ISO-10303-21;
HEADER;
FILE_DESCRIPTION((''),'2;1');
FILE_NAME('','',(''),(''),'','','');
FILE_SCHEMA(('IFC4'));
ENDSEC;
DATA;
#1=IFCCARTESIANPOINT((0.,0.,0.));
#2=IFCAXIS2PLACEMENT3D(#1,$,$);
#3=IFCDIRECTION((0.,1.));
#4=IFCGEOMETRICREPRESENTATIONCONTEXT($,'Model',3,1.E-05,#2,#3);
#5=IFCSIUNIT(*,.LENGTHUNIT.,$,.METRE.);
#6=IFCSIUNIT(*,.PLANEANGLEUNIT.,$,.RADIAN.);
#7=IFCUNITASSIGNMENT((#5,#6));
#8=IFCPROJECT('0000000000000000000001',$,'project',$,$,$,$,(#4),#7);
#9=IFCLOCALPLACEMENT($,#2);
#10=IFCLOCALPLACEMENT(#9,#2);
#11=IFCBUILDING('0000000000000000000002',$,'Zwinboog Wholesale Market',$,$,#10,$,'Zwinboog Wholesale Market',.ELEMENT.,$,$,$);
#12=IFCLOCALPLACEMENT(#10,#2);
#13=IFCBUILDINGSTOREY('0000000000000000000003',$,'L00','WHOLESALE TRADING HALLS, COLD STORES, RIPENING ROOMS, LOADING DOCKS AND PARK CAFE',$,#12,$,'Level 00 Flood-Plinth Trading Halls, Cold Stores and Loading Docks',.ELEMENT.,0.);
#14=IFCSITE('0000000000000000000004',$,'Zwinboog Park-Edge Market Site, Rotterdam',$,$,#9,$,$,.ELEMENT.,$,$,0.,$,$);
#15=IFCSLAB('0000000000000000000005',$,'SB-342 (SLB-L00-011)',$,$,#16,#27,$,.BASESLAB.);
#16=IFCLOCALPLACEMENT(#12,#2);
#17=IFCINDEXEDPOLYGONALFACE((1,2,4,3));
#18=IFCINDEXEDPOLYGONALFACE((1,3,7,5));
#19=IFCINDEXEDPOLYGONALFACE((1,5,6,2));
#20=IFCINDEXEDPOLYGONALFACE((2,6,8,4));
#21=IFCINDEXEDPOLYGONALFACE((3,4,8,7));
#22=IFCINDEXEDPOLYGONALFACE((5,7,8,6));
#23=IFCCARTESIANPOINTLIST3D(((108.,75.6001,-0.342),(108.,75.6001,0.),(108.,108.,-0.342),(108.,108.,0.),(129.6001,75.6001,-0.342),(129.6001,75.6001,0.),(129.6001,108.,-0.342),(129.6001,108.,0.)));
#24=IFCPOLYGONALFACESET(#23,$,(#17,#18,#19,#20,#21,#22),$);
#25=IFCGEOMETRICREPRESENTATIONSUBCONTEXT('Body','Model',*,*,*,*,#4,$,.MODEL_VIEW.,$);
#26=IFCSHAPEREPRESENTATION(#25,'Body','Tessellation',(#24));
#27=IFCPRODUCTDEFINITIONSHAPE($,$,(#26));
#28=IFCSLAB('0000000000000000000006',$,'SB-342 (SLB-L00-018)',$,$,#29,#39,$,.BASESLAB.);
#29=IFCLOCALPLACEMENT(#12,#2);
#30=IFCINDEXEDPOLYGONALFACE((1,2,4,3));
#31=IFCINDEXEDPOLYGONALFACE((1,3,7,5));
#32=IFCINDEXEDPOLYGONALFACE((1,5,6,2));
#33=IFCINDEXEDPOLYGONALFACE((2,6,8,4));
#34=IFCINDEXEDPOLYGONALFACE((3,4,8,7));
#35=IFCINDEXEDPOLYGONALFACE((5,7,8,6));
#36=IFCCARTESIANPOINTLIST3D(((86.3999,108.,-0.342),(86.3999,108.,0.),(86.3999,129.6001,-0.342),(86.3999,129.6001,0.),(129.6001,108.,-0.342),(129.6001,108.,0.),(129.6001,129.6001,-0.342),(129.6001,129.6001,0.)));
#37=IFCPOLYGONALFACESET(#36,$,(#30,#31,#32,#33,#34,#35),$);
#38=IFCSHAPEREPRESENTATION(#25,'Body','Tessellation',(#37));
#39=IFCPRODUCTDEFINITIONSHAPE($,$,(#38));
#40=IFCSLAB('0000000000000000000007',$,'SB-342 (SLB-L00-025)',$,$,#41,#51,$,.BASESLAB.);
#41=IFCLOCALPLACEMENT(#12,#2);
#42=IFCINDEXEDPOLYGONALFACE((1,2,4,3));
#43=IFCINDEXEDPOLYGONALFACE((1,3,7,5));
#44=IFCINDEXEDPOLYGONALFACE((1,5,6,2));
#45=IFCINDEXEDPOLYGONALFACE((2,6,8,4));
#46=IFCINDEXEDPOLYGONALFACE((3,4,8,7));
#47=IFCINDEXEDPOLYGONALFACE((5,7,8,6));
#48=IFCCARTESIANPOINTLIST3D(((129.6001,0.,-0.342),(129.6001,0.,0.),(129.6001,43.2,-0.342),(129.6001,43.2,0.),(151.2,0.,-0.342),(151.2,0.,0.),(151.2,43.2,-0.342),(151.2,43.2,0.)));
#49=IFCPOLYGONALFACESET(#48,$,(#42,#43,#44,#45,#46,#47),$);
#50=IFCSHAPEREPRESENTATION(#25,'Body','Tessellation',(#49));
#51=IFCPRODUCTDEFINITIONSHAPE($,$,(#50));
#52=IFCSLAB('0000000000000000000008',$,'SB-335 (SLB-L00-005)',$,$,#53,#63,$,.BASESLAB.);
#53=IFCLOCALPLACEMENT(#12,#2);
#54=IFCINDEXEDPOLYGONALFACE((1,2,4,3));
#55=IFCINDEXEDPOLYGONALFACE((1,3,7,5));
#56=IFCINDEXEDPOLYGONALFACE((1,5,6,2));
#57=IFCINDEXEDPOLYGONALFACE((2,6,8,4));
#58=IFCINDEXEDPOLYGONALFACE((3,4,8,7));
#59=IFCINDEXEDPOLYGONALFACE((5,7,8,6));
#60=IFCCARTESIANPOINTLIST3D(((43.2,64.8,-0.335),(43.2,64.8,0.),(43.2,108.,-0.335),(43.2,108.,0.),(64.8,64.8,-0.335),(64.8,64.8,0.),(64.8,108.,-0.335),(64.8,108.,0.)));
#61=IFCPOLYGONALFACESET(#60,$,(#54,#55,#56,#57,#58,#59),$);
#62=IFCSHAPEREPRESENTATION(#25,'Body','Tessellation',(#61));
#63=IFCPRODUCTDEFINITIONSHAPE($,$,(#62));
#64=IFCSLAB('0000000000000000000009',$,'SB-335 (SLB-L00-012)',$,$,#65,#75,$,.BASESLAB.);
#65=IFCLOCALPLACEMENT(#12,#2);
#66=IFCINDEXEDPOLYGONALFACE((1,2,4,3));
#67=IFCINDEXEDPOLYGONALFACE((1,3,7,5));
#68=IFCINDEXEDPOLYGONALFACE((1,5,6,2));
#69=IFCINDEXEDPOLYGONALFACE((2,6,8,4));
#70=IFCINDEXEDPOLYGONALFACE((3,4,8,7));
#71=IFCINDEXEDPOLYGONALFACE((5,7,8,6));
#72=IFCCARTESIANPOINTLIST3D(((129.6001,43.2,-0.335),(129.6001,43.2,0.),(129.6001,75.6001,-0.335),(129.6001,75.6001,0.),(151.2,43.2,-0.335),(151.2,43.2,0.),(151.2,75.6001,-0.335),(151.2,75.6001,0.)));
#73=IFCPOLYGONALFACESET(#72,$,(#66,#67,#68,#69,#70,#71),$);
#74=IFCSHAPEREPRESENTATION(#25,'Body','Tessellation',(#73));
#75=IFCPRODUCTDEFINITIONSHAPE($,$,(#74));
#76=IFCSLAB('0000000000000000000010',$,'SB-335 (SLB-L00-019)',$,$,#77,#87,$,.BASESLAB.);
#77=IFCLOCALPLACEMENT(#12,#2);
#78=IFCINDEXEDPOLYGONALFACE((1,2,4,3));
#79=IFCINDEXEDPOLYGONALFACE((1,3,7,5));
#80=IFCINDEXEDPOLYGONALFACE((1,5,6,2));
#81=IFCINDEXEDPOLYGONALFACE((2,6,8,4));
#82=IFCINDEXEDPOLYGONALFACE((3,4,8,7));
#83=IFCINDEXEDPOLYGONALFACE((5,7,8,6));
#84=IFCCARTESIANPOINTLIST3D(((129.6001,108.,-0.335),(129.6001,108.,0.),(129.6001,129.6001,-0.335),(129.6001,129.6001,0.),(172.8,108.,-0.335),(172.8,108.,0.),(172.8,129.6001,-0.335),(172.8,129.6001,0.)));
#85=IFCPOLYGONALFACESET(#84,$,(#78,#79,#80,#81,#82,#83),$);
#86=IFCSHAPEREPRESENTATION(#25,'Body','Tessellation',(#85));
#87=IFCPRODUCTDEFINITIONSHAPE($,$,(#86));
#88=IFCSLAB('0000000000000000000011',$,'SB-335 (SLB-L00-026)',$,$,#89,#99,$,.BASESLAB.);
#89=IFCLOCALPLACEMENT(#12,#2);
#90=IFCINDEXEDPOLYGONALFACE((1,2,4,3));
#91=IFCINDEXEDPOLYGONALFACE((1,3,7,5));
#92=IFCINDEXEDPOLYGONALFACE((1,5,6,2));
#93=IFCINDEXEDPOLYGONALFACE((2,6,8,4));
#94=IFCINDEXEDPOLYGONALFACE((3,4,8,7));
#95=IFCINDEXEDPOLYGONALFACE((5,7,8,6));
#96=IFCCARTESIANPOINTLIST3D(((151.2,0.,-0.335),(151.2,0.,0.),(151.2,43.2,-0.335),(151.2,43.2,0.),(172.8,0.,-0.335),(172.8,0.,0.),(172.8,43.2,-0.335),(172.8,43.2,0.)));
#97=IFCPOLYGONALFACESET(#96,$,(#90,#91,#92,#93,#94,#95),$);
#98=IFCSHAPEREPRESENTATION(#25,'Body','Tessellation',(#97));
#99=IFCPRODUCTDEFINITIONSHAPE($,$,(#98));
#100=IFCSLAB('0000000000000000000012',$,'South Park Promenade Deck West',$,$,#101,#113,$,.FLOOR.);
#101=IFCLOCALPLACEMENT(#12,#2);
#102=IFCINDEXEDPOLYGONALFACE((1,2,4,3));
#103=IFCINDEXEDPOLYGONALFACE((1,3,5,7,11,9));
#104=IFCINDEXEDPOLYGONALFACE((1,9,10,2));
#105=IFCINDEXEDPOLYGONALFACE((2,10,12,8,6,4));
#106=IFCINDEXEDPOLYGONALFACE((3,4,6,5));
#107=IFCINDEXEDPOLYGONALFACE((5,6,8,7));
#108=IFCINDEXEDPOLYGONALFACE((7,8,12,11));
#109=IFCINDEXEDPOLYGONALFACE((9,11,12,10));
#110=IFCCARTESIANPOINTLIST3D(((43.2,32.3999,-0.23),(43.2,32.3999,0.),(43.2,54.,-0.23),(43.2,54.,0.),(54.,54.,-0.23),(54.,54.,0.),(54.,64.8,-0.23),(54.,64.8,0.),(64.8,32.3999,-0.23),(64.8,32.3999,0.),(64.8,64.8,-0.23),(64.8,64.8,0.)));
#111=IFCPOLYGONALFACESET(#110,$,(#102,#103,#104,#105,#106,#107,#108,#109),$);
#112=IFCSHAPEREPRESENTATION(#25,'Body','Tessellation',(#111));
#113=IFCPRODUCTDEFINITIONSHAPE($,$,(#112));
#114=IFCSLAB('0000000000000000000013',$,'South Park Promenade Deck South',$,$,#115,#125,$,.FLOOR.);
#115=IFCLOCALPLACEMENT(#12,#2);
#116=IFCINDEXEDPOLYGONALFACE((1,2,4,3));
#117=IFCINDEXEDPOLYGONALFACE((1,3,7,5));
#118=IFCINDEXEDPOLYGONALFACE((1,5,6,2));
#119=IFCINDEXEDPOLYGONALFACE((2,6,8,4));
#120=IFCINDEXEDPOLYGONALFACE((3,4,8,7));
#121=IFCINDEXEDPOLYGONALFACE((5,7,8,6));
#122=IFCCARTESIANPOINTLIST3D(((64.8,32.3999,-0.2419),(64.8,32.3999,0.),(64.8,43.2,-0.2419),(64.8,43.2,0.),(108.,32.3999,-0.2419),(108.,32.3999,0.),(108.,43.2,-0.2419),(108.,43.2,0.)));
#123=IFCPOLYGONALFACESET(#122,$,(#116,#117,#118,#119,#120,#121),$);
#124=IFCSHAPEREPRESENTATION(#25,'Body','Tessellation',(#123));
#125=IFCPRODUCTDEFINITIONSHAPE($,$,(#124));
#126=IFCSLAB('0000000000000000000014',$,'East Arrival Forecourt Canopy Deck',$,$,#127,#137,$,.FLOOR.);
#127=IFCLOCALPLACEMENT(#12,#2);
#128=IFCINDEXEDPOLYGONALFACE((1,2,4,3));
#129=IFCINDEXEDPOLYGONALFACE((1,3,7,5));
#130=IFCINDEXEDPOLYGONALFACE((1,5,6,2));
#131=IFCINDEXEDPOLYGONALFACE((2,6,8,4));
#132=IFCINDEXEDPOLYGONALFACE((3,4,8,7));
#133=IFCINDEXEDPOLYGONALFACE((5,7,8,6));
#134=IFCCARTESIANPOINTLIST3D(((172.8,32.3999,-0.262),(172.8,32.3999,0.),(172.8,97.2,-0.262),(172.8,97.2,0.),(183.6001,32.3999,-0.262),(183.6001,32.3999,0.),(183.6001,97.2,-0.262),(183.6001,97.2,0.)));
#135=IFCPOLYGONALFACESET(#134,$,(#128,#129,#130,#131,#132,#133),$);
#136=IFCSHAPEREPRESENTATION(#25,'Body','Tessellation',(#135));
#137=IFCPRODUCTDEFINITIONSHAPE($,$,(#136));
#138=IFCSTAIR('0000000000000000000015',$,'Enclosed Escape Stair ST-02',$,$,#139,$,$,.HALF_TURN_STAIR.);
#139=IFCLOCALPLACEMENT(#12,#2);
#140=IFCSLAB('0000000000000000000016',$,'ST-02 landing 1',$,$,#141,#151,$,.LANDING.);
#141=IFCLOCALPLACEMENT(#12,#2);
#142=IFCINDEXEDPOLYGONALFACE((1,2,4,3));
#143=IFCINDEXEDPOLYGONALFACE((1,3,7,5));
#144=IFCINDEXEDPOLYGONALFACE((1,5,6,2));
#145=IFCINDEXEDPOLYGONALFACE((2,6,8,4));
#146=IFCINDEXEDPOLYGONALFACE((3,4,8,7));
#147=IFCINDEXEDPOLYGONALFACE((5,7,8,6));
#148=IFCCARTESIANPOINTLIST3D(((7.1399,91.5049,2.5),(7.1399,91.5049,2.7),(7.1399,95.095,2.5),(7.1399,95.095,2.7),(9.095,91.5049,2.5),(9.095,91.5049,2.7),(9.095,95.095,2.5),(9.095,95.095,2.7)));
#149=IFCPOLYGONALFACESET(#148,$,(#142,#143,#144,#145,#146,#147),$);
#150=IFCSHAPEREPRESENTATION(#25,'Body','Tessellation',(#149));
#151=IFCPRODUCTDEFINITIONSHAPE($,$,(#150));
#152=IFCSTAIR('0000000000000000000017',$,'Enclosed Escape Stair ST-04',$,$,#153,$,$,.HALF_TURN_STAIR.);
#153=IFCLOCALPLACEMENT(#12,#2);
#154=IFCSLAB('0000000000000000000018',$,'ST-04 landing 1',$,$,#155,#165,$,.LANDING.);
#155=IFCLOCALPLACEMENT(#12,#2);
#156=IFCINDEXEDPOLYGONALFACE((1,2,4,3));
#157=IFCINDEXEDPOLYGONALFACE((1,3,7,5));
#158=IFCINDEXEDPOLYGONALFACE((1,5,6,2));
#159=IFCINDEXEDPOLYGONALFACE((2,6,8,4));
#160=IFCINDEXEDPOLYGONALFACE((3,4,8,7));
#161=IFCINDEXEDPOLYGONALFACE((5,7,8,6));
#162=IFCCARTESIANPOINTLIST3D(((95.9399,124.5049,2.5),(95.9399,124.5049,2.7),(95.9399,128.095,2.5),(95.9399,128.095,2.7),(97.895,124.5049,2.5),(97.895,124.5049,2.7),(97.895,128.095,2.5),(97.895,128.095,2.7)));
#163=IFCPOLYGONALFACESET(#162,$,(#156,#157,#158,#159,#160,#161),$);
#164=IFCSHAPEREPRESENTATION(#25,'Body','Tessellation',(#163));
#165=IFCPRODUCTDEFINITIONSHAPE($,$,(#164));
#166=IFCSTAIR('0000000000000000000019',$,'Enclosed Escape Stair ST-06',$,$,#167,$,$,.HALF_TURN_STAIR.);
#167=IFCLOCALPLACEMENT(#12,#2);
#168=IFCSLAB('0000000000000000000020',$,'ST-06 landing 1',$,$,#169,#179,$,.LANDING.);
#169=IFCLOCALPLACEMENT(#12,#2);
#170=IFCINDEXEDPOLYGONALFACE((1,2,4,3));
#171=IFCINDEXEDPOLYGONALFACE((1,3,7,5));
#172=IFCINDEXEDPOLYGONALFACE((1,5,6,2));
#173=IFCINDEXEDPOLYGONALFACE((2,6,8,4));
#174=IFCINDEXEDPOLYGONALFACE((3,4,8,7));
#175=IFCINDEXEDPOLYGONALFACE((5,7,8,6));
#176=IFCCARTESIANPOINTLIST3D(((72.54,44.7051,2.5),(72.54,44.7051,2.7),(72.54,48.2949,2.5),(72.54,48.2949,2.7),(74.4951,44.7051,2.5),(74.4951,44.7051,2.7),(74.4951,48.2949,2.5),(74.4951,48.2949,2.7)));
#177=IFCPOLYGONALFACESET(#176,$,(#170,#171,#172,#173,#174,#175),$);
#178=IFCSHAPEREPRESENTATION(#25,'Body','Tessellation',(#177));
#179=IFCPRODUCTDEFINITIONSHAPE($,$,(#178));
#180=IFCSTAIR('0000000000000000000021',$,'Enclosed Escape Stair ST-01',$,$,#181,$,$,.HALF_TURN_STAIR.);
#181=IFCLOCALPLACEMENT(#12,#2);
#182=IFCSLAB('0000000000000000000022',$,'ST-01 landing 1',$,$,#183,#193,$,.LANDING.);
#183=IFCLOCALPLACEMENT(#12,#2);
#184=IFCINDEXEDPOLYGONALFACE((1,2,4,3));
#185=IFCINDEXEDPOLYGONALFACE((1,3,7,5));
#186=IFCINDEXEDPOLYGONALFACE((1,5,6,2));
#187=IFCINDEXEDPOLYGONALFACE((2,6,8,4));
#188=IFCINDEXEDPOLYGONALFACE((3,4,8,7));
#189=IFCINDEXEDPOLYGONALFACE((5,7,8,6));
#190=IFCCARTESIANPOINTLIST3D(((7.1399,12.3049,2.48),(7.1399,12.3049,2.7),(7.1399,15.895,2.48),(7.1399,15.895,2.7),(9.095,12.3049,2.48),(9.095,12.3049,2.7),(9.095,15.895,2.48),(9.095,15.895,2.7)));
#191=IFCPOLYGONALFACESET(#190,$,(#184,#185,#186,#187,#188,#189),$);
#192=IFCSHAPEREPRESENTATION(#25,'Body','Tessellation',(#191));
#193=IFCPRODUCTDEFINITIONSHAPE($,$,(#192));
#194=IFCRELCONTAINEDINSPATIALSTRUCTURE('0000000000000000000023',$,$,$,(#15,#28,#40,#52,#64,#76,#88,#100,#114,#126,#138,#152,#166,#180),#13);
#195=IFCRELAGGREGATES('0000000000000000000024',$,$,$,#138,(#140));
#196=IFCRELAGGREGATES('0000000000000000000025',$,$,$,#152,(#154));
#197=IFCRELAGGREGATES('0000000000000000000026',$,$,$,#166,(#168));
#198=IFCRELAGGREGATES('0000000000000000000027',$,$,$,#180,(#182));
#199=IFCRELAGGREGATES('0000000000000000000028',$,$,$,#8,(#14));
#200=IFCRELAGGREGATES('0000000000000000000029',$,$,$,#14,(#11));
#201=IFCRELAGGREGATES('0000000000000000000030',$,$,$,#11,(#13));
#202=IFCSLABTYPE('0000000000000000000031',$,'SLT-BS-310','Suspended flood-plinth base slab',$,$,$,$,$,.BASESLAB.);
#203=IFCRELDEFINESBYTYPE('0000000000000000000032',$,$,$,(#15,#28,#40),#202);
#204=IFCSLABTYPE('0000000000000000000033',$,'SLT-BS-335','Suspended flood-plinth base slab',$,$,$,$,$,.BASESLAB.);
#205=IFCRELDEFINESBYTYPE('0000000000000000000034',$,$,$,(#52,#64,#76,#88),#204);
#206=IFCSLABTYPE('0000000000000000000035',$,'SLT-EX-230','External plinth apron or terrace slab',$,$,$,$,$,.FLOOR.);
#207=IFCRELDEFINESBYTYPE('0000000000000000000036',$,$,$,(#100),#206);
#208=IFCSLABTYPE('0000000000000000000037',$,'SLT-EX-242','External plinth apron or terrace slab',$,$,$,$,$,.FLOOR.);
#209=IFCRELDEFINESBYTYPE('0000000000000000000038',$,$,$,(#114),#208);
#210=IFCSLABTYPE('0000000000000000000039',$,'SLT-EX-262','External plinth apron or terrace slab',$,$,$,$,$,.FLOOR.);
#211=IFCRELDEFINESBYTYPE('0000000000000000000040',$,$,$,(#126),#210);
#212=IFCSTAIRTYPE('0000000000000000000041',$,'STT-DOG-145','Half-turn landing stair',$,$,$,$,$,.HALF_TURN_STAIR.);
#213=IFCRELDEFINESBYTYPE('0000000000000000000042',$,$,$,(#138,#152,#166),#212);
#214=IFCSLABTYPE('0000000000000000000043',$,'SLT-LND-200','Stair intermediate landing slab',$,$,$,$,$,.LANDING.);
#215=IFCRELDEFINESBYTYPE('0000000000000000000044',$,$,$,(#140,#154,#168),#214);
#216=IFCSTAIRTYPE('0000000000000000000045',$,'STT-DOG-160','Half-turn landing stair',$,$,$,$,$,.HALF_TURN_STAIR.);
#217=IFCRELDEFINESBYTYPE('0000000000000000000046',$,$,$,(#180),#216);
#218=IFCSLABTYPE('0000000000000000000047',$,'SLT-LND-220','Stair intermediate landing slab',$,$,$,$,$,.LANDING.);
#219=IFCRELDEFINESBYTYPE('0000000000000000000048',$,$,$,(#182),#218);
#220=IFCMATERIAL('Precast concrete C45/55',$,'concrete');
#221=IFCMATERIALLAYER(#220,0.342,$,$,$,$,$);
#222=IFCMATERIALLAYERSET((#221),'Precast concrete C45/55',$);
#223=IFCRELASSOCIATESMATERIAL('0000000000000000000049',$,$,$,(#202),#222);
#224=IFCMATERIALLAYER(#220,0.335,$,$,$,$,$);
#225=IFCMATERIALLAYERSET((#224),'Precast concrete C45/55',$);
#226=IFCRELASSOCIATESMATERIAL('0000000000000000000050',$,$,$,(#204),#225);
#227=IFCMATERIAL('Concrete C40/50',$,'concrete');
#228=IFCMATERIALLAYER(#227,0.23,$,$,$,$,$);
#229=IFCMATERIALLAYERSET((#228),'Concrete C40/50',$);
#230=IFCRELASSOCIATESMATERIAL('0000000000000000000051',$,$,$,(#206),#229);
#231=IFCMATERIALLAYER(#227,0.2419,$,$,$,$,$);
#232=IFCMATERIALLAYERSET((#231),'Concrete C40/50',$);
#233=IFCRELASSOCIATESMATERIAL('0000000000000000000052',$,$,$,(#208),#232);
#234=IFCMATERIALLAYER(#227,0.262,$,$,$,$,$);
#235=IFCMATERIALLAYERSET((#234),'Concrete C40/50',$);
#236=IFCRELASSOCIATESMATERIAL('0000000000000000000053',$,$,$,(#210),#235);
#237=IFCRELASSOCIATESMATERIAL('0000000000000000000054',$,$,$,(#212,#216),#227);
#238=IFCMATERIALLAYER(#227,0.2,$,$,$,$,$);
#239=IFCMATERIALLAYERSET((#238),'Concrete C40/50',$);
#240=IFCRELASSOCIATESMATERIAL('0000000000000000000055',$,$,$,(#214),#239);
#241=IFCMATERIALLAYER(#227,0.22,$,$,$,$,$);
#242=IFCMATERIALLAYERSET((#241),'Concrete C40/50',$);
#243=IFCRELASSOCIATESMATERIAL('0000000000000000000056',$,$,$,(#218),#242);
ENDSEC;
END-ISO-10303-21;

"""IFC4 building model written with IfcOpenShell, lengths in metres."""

from ifc_helpers import new_model, si_unit, direction, frame, origin, place, context, subcontext, project, spatial, polyline, outline, extrude, material, layer, layer_set, type_object, element, aggregate, save


model = new_model("IFC4")

# Units and contexts
model_context = context("Model", 3, precision=1e-05, world=origin(), true_north=direction((0.0, 1.0)))
body_context = subcontext(model_context, "Body", "Model", "MODEL_VIEW")
ifc_project = project(units=[si_unit("LENGTHUNIT", "METRE"), si_unit("PLANEANGLEUNIT", "RADIAN")], contexts=[model_context])

# Site, building, storey
site_placement = place(None, origin())
site = spatial("IfcSite", under=ifc_project, at=site_placement, Name="Zwinboog Park-Edge Market Site, Rotterdam", CompositionType="ELEMENT", RefElevation=0.0)
building_placement = place(site_placement, origin())
building = spatial("IfcBuilding", under=site, at=building_placement, Name="Zwinboog Wholesale Market", LongName="Zwinboog Wholesale Market", CompositionType="ELEMENT")
storey_placement = place(building_placement, origin())
storey = spatial("IfcBuildingStorey", under=building, at=storey_placement, Name="L00", Description="WHOLESALE TRADING HALLS, COLD STORES, RIPENING ROOMS, LOADING DOCKS AND PARK CAFE", LongName="Level 00 Flood-Plinth Trading Halls, Cold Stores and Loading Docks", CompositionType="ELEMENT", Elevation=0.0)

# Slabs
ifc_material_1 = material(Name="Precast concrete C45/55", Category="concrete")
ifc_layer_1 = layer(ifc_material_1, 0.342)
ifc_layer_set_1 = layer_set([ifc_layer_1], Name="Precast concrete C45/55")
slab_type_1 = type_object("IfcSlabType", Name="SLT-BS-310", Description="Suspended flood-plinth base slab", PredefinedType="BASESLAB", material=ifc_layer_set_1)
slab_1_placement = place(storey_placement, frame((0.0, 0.0, -0.342)))
element("IfcSlab", 1, at=slab_1_placement, inside=storey, type_object=slab_type_1, Name="SB-342 (SLB-L00-011)", PredefinedType="BASESLAB", context=body_context, shape_type="SweptSolid", body=[
    extrude(outline(polyline([(108.0, 75.6001), (129.6001, 75.6001), (129.6001, 108.0), (108.0, 108.0), (108.0, 75.6001)])), origin(), (0.0, 0.0, 1.0), 0.342),
])
slab_2_placement = place(storey_placement, frame((0.0, 0.0, -0.342)))
element("IfcSlab", 2, at=slab_2_placement, inside=storey, type_object=slab_type_1, Name="SB-342 (SLB-L00-018)", PredefinedType="BASESLAB", context=body_context, shape_type="SweptSolid", body=[
    extrude(outline(polyline([(86.3999, 108.0), (129.6001, 108.0), (129.6001, 129.6001), (86.3999, 129.6001), (86.3999, 108.0)])), origin(), (0.0, 0.0, 1.0), 0.342),
])
slab_3_placement = place(storey_placement, frame((0.0, 0.0, -0.342)))
element("IfcSlab", 3, at=slab_3_placement, inside=storey, type_object=slab_type_1, Name="SB-342 (SLB-L00-025)", PredefinedType="BASESLAB", context=body_context, shape_type="SweptSolid", body=[
    extrude(outline(polyline([(129.6001, 0.0), (151.2, 0.0), (151.2, 43.2), (129.6001, 43.2), (129.6001, 0.0)])), origin(), (0.0, 0.0, 1.0), 0.342),
])
ifc_layer_2 = layer(ifc_material_1, 0.335)
ifc_layer_set_2 = layer_set([ifc_layer_2], Name="Precast concrete C45/55")
slab_type_2 = type_object("IfcSlabType", Name="SLT-BS-335", Description="Suspended flood-plinth base slab", PredefinedType="BASESLAB", material=ifc_layer_set_2)
slab_4_placement = place(storey_placement, frame((0.0, 0.0, -0.335)))
element("IfcSlab", 4, at=slab_4_placement, inside=storey, type_object=slab_type_2, Name="SB-335 (SLB-L00-005)", PredefinedType="BASESLAB", context=body_context, shape_type="SweptSolid", body=[
    extrude(outline(polyline([(43.2, 64.8), (64.8, 64.8), (64.8, 108.0), (43.2, 108.0), (43.2, 64.8)])), origin(), (0.0, 0.0, 1.0), 0.335),
])
slab_5_placement = place(storey_placement, frame((0.0, 0.0, -0.335)))
element("IfcSlab", 5, at=slab_5_placement, inside=storey, type_object=slab_type_2, Name="SB-335 (SLB-L00-012)", PredefinedType="BASESLAB", context=body_context, shape_type="SweptSolid", body=[
    extrude(outline(polyline([(129.6001, 43.2), (151.2, 43.2), (151.2, 75.6001), (129.6001, 75.6001), (129.6001, 43.2)])), origin(), (0.0, 0.0, 1.0), 0.335),
])
slab_6_placement = place(storey_placement, frame((0.0, 0.0, -0.335)))
element("IfcSlab", 6, at=slab_6_placement, inside=storey, type_object=slab_type_2, Name="SB-335 (SLB-L00-019)", PredefinedType="BASESLAB", context=body_context, shape_type="SweptSolid", body=[
    extrude(outline(polyline([(129.6001, 108.0), (172.8, 108.0), (172.8, 129.6001), (129.6001, 129.6001), (129.6001, 108.0)])), origin(), (0.0, 0.0, 1.0), 0.335),
])
slab_7_placement = place(storey_placement, frame((0.0, 0.0, -0.335)))
element("IfcSlab", 7, at=slab_7_placement, inside=storey, type_object=slab_type_2, Name="SB-335 (SLB-L00-026)", PredefinedType="BASESLAB", context=body_context, shape_type="SweptSolid", body=[
    extrude(outline(polyline([(151.2, 0.0), (172.8, 0.0), (172.8, 43.2), (151.2, 43.2), (151.2, 0.0)])), origin(), (0.0, 0.0, 1.0), 0.335),
])
ifc_material_2 = material(Name="Concrete C40/50", Category="concrete")
ifc_layer_3 = layer(ifc_material_2, 0.23)
ifc_layer_set_3 = layer_set([ifc_layer_3], Name="Concrete C40/50")
slab_type_3 = type_object("IfcSlabType", Name="SLT-EX-230", Description="External plinth apron or terrace slab", PredefinedType="FLOOR", material=ifc_layer_set_3)
slab_8_placement = place(storey_placement, frame((0.0, 0.0, -0.23)))
element("IfcSlab", 8, at=slab_8_placement, inside=storey, type_object=slab_type_3, Name="South Park Promenade Deck West", PredefinedType="FLOOR", context=body_context, shape_type="SweptSolid", body=[
    extrude(outline(polyline([(43.2, 32.3999), (64.8, 32.3999), (64.8, 64.8), (54.0, 64.8), (54.0, 54.0), (43.2, 54.0), (43.2, 32.3999)])), origin(), (0.0, 0.0, 1.0), 0.23),
])
ifc_layer_4 = layer(ifc_material_2, 0.2419)
ifc_layer_set_4 = layer_set([ifc_layer_4], Name="Concrete C40/50")
slab_type_4 = type_object("IfcSlabType", Name="SLT-EX-242", Description="External plinth apron or terrace slab", PredefinedType="FLOOR", material=ifc_layer_set_4)
slab_9_placement = place(storey_placement, frame((0.0, 0.0, -0.2419)))
element("IfcSlab", 9, at=slab_9_placement, inside=storey, type_object=slab_type_4, Name="South Park Promenade Deck South", PredefinedType="FLOOR", context=body_context, shape_type="SweptSolid", body=[
    extrude(outline(polyline([(64.8, 32.3999), (108.0, 32.3999), (108.0, 43.2), (64.8, 43.2), (64.8, 32.3999)])), origin(), (0.0, 0.0, 1.0), 0.2419),
])
ifc_layer_5 = layer(ifc_material_2, 0.262)
ifc_layer_set_5 = layer_set([ifc_layer_5], Name="Concrete C40/50")
slab_type_5 = type_object("IfcSlabType", Name="SLT-EX-262", Description="External plinth apron or terrace slab", PredefinedType="FLOOR", material=ifc_layer_set_5)
slab_10_placement = place(storey_placement, frame((0.0, 0.0, -0.262)))
element("IfcSlab", 10, at=slab_10_placement, inside=storey, type_object=slab_type_5, Name="East Arrival Forecourt Canopy Deck", PredefinedType="FLOOR", context=body_context, shape_type="SweptSolid", body=[
    extrude(outline(polyline([(172.8, 32.3999), (183.6001, 32.3999), (183.6001, 97.2), (172.8, 97.2), (172.8, 32.3999)])), origin(), (0.0, 0.0, 1.0), 0.262),
])

# Stairs, slabs
stair_type_1 = type_object("IfcStairType", Name="STT-DOG-145", Description="Half-turn landing stair", PredefinedType="HALF_TURN_STAIR", material=ifc_material_2)
stair_1_placement = place(storey_placement, origin())
stair_1 = element("IfcStair", 11, at=stair_1_placement, inside=storey, type_object=stair_type_1, Name="Enclosed Escape Stair ST-02", PredefinedType="HALF_TURN_STAIR")
ifc_layer_6 = layer(ifc_material_2, 0.2)
ifc_layer_set_6 = layer_set([ifc_layer_6], Name="Concrete C40/50")
slab_type_6 = type_object("IfcSlabType", Name="SLT-LND-200", Description="Stair intermediate landing slab", PredefinedType="LANDING", material=ifc_layer_set_6)
slab_11_placement = place(storey_placement, frame((0.0, 0.0, 2.5)))
slab_11 = element("IfcSlab", 12, at=slab_11_placement, type_object=slab_type_6, Name="ST-02 landing 1", PredefinedType="LANDING", context=body_context, shape_type="SweptSolid", body=[
    extrude(outline(polyline([(7.1399, 91.5049), (9.095, 91.5049), (9.095, 95.095), (7.1399, 95.095), (7.1399, 91.5049)])), origin(), (0.0, 0.0, 1.0), 0.2),
])
aggregate(stair_1, [slab_11])
stair_2_placement = place(storey_placement, origin())
stair_2 = element("IfcStair", 13, at=stair_2_placement, inside=storey, type_object=stair_type_1, Name="Enclosed Escape Stair ST-04", PredefinedType="HALF_TURN_STAIR")
slab_12_placement = place(storey_placement, frame((0.0, 0.0, 2.5)))
slab_12 = element("IfcSlab", 14, at=slab_12_placement, type_object=slab_type_6, Name="ST-04 landing 1", PredefinedType="LANDING", context=body_context, shape_type="SweptSolid", body=[
    extrude(outline(polyline([(95.9399, 124.5049), (97.895, 124.5049), (97.895, 128.095), (95.9399, 128.095), (95.9399, 124.5049)])), origin(), (0.0, 0.0, 1.0), 0.2),
])
aggregate(stair_2, [slab_12])
stair_3_placement = place(storey_placement, origin())
stair_3 = element("IfcStair", 15, at=stair_3_placement, inside=storey, type_object=stair_type_1, Name="Enclosed Escape Stair ST-06", PredefinedType="HALF_TURN_STAIR")
slab_13_placement = place(storey_placement, frame((0.0, 0.0, 2.5)))
slab_13 = element("IfcSlab", 16, at=slab_13_placement, type_object=slab_type_6, Name="ST-06 landing 1", PredefinedType="LANDING", context=body_context, shape_type="SweptSolid", body=[
    extrude(outline(polyline([(72.54, 44.7051), (74.4951, 44.7051), (74.4951, 48.2949), (72.54, 48.2949), (72.54, 44.7051)])), origin(), (0.0, 0.0, 1.0), 0.2),
])
aggregate(stair_3, [slab_13])
stair_type_2 = type_object("IfcStairType", Name="STT-DOG-160", Description="Half-turn landing stair", PredefinedType="HALF_TURN_STAIR", material=ifc_material_2)
stair_4_placement = place(storey_placement, origin())
stair_4 = element("IfcStair", 17, at=stair_4_placement, inside=storey, type_object=stair_type_2, Name="Enclosed Escape Stair ST-01", PredefinedType="HALF_TURN_STAIR")
ifc_layer_7 = layer(ifc_material_2, 0.22)
ifc_layer_set_7 = layer_set([ifc_layer_7], Name="Concrete C40/50")
slab_type_7 = type_object("IfcSlabType", Name="SLT-LND-220", Description="Stair intermediate landing slab", PredefinedType="LANDING", material=ifc_layer_set_7)
slab_14_placement = place(storey_placement, frame((0.0, 0.0, 2.48)))
slab_14 = element("IfcSlab", 18, at=slab_14_placement, type_object=slab_type_7, Name="ST-01 landing 1", PredefinedType="LANDING", context=body_context, shape_type="SweptSolid", body=[
    extrude(outline(polyline([(7.1399, 12.3049), (9.095, 12.3049), (9.095, 15.895), (7.1399, 15.895), (7.1399, 12.3049)])), origin(), (0.0, 0.0, 1.0), 0.22),
])
aggregate(stair_4, [slab_14])

save(model, "model.ifc")
